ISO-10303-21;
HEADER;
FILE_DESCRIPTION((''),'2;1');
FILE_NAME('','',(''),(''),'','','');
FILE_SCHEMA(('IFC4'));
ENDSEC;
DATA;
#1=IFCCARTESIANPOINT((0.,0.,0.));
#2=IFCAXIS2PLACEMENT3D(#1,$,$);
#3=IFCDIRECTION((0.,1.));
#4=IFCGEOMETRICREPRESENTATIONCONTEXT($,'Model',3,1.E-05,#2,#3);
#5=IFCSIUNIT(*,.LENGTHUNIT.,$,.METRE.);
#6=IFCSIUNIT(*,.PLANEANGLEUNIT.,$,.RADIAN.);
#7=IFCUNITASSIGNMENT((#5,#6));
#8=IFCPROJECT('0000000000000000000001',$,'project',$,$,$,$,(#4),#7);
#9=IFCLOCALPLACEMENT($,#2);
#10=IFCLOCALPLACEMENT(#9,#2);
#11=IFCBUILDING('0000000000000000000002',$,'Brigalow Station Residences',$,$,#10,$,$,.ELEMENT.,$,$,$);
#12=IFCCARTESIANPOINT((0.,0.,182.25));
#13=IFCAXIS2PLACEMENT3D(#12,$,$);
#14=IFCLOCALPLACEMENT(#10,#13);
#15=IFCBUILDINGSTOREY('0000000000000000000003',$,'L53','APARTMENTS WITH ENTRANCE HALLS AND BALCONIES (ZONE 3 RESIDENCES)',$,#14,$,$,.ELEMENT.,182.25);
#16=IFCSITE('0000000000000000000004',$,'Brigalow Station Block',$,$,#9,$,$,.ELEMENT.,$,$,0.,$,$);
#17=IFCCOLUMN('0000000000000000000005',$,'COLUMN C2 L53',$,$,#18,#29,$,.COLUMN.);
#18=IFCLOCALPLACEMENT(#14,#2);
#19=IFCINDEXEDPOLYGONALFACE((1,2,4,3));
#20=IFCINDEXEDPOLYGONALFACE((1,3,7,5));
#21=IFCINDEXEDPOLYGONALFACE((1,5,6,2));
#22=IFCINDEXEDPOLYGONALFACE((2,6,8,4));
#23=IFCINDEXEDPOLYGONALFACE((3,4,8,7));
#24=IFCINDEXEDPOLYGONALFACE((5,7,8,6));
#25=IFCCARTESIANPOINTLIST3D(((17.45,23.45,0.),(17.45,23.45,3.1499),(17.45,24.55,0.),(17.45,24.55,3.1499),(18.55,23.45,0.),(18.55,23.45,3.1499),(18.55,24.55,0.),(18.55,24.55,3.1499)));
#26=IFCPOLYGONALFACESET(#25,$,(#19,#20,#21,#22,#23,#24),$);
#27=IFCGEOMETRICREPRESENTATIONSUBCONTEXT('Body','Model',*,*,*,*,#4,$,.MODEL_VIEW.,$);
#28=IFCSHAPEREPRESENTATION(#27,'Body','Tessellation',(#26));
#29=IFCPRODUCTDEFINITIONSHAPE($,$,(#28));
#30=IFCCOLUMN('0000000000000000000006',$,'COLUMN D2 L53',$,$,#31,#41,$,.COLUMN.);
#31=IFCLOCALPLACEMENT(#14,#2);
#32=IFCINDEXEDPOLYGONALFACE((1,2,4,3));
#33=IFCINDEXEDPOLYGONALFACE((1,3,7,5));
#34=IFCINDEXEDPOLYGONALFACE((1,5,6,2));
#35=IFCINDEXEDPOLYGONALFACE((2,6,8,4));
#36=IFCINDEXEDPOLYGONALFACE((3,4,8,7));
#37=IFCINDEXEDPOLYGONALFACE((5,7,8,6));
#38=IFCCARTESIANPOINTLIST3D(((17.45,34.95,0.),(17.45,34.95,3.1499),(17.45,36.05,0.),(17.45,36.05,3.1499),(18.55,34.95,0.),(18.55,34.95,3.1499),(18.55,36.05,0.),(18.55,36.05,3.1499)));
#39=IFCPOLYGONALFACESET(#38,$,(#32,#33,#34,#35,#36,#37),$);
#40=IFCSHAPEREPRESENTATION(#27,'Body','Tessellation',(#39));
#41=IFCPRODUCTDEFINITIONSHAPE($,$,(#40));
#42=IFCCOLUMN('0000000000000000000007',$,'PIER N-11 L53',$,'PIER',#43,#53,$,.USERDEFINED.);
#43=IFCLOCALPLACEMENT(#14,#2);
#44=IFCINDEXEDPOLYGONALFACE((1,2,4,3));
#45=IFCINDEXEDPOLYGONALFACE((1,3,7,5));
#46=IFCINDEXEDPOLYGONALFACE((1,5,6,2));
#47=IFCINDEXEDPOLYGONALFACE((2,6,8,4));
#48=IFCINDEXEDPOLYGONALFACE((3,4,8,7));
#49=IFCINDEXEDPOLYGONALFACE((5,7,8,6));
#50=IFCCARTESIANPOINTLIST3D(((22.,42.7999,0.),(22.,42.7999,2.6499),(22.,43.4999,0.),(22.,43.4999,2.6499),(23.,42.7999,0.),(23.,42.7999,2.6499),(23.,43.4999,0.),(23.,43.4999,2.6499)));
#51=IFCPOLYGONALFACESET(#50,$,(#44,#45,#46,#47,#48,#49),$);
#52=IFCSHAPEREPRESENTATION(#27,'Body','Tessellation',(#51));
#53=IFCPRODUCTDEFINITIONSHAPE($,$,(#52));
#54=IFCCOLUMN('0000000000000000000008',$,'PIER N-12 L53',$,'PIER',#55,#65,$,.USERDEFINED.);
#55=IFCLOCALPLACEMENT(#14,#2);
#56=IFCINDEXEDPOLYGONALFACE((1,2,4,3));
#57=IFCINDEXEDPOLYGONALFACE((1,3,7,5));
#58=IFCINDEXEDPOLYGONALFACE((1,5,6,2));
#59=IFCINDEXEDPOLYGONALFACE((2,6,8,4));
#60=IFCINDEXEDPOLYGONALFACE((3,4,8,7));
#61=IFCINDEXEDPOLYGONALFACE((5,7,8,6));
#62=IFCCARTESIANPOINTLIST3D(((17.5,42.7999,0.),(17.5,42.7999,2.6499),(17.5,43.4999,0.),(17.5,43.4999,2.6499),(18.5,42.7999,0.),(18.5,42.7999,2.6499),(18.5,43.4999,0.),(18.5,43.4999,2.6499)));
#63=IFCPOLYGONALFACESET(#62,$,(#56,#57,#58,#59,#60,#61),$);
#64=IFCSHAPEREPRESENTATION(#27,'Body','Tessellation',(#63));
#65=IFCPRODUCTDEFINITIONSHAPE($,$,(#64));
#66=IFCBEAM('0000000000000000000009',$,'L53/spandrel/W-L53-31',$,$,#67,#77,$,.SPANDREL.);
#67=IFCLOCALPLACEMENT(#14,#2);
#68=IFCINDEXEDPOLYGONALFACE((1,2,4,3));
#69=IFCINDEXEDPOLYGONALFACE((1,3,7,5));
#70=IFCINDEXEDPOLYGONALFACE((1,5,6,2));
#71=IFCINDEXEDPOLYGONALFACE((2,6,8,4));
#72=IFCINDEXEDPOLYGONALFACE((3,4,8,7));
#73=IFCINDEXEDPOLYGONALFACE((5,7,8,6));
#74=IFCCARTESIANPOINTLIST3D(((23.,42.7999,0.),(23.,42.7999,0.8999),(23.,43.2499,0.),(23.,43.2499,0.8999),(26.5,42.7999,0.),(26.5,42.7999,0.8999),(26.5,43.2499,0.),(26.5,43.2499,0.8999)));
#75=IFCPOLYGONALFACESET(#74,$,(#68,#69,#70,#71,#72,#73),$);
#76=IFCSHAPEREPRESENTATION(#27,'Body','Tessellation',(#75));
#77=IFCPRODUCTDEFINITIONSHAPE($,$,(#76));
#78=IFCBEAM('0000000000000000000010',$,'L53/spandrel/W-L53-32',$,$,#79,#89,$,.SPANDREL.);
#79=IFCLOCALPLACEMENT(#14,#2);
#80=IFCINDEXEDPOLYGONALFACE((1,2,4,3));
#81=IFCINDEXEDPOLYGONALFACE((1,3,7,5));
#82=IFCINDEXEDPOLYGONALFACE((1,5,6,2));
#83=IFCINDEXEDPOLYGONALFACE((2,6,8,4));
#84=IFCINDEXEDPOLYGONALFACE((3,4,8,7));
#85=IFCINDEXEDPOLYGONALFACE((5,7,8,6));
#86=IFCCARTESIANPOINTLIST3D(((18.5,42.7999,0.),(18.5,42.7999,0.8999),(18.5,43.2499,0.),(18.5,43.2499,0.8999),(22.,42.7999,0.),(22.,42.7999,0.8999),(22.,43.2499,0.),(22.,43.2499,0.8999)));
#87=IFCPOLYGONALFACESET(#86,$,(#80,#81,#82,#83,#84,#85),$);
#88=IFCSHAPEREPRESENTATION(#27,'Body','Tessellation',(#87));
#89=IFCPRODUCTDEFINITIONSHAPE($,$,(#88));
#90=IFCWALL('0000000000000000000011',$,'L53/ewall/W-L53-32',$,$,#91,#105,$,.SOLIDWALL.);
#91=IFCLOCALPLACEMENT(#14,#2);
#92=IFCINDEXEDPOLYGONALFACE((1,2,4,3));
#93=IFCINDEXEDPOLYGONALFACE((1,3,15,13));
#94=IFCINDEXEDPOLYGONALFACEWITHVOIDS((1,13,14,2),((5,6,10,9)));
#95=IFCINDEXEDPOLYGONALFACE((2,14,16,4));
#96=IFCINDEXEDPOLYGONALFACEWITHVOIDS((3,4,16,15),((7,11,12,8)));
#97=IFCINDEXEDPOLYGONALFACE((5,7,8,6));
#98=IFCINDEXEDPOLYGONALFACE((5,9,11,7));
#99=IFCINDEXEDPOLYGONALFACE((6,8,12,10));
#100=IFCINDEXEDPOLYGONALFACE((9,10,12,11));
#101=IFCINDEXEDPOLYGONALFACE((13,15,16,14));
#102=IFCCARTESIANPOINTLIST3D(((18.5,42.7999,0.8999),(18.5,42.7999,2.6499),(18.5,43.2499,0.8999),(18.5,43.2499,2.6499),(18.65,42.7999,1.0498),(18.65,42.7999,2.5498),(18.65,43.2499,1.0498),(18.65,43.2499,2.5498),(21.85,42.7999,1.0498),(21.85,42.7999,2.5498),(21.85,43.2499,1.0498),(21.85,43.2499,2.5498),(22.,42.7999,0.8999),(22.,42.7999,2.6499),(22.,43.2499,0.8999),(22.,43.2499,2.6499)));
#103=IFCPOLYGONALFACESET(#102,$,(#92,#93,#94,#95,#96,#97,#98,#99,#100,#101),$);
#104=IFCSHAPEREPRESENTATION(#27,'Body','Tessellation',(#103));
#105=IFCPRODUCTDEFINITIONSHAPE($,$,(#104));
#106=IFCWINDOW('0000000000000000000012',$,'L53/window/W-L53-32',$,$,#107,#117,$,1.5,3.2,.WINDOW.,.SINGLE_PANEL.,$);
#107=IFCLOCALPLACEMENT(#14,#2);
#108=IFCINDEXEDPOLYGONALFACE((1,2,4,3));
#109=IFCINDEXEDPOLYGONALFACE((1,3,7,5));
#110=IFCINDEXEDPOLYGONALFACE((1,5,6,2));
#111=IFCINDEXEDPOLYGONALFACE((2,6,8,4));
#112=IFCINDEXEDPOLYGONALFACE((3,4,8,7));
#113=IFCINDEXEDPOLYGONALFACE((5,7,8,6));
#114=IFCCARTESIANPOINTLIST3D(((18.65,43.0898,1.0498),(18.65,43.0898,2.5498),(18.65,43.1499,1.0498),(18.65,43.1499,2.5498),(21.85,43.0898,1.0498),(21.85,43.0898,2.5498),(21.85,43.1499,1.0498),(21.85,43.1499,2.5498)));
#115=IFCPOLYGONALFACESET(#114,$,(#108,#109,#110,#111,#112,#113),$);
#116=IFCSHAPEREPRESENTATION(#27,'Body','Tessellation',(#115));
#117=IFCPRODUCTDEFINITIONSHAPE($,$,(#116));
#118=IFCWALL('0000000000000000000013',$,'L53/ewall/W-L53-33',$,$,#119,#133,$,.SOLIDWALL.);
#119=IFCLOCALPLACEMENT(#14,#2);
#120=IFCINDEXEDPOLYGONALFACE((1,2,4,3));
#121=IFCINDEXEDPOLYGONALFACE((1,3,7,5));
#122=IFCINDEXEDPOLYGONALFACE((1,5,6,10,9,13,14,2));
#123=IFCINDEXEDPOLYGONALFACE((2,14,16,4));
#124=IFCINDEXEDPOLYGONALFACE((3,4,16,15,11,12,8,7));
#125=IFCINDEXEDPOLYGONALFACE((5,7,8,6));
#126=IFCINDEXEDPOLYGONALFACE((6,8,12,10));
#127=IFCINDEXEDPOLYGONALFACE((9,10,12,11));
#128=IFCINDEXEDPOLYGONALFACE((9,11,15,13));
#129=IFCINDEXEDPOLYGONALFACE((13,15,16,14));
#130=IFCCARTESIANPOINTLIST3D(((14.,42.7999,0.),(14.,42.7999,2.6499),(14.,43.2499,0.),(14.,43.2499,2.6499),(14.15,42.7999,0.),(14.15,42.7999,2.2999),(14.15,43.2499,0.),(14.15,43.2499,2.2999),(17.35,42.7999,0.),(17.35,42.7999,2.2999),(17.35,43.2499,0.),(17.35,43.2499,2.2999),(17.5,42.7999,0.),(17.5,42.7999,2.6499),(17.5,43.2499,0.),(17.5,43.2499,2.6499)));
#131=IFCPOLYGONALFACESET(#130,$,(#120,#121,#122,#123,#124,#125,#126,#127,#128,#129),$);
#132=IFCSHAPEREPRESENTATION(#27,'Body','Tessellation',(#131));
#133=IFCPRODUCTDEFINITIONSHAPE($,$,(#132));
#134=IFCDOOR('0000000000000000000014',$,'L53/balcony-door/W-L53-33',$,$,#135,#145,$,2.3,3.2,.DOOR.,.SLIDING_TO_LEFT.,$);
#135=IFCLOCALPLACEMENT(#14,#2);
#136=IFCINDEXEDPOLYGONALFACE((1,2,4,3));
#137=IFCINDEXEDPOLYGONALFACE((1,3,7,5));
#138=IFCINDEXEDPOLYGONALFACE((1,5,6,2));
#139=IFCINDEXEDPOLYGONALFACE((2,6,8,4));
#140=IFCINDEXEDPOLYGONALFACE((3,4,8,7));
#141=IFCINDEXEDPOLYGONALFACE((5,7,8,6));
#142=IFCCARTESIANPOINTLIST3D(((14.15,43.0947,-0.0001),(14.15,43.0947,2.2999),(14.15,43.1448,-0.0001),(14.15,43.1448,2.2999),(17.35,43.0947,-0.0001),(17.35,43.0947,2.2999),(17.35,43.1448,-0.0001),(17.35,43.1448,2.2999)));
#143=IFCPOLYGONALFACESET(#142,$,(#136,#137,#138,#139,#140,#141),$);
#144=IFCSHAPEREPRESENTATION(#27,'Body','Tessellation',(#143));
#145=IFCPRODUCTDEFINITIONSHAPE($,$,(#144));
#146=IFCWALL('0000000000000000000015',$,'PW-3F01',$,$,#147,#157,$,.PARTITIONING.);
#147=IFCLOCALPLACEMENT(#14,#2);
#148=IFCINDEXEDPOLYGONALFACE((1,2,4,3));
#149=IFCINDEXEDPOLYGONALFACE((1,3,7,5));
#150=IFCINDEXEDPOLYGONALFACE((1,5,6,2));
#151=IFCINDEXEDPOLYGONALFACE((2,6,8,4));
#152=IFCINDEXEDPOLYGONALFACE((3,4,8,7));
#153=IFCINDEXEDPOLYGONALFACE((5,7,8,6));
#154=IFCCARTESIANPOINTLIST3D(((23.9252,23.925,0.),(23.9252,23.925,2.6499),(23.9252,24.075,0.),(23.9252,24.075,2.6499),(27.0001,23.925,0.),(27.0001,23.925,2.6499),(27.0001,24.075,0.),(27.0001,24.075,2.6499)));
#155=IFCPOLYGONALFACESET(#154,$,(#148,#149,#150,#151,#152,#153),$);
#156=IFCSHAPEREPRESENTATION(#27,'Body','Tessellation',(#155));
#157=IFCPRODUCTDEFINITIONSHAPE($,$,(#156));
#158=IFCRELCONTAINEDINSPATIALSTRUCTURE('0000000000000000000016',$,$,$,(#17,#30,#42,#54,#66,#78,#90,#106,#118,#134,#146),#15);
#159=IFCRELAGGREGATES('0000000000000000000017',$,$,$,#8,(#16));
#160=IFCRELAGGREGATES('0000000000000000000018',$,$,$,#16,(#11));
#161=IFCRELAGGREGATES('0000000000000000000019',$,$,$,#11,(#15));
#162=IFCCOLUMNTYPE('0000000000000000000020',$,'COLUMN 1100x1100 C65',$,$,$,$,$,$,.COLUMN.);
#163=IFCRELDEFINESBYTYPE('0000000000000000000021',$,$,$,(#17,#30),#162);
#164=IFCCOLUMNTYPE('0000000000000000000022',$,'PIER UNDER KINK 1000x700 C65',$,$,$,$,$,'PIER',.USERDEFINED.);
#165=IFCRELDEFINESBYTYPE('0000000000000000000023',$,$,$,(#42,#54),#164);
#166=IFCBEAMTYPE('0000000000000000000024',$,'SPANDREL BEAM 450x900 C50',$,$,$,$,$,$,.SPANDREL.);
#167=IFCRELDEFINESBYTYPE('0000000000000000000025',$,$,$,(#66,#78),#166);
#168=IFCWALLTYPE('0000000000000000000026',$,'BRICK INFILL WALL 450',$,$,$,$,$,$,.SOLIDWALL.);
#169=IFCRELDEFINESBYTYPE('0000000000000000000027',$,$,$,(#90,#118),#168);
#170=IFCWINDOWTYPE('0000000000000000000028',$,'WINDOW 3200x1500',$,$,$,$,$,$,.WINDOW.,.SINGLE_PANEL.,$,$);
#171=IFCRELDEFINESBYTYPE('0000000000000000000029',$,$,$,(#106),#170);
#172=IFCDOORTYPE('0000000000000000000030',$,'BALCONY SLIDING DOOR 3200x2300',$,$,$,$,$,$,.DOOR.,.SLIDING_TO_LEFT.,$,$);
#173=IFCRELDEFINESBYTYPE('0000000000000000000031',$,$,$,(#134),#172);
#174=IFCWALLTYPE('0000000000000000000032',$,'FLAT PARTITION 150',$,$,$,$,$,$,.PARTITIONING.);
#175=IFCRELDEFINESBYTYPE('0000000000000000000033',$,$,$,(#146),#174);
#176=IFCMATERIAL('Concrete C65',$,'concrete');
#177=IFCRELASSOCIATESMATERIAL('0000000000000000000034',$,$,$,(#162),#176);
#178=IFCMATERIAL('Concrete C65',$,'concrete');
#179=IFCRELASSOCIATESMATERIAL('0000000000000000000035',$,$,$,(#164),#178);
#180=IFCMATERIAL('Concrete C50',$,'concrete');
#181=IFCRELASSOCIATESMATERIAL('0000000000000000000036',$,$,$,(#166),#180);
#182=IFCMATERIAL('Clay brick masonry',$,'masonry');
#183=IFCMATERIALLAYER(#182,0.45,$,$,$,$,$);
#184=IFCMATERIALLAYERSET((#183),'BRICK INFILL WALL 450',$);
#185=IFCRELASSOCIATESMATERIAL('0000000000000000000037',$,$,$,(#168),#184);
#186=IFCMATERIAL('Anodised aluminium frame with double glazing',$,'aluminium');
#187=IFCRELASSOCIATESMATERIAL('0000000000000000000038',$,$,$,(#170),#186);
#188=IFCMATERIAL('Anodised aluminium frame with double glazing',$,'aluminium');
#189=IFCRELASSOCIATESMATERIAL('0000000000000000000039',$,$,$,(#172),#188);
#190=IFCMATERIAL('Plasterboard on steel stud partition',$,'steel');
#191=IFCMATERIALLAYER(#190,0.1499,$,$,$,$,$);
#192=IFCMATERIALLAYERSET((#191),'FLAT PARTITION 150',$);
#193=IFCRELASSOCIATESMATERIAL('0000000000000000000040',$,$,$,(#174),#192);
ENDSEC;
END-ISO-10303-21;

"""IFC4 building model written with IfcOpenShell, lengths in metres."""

from ifc_helpers import new_model, si_unit, direction, frame, frame_2d, origin, origin_2d, place, context, subcontext, project, spatial, rectangle, extrude, material, layer, layer_set, material_profile, profile_set, type_object, element, fill, save


model = new_model("IFC4")

# Units and contexts
model_context = context("Model", 3, precision=1e-05, world=origin(), true_north=direction((0.0, 1.0)))
body_context = subcontext(model_context, "Body", "Model", "MODEL_VIEW")
ifc_project = project(units=[si_unit("LENGTHUNIT", "METRE"), si_unit("PLANEANGLEUNIT", "RADIAN")], contexts=[model_context])

# Site, building, storey
site_placement = place(None, origin())
site = spatial("IfcSite", under=ifc_project, at=site_placement, Name="Brigalow Station Block", CompositionType="ELEMENT", RefElevation=0.0)
building_placement = place(site_placement, origin())
building = spatial("IfcBuilding", under=site, at=building_placement, Name="Brigalow Station Residences", CompositionType="ELEMENT")
storey_placement = place(building_placement, frame((0.0, 0.0, 182.25)))
storey = spatial("IfcBuildingStorey", under=building, at=storey_placement, Name="L53", Description="APARTMENTS WITH ENTRANCE HALLS AND BALCONIES (ZONE 3 RESIDENCES)", CompositionType="ELEMENT", Elevation=182.25)

# Columns
ifc_material_1 = material(Name="Concrete C65", Category="concrete")
ifc_material_profile_1 = material_profile(ifc_material_1, rectangle(XDim=1.1001, YDim=1.1001, at=origin_2d()), Name="RC1100x1100")
ifc_profile_set_1 = profile_set([ifc_material_profile_1], Name="Concrete C65")
column_type_1 = type_object("IfcColumnType", Name="COLUMN 1100x1100 C65", PredefinedType="COLUMN", material=ifc_profile_set_1)
for number, where, z_axis, x_axis, name in (
    (1, (18.0, 24.0, 0.0), (0.0, 0.0, 1.0), (1.0, 0.0, 0.0), "COLUMN C2 L53"),
    (2, (18.0, 35.5, 0.0), (0.0, 0.0, 1.0), (1.0, 0.0, 0.0), "COLUMN D2 L53"),
):
    element("IfcColumn", number, at=place(storey_placement, frame(where, z_axis=z_axis, x_axis=x_axis)), inside=storey, type_object=column_type_1, Name=name, PredefinedType="COLUMN", context=body_context, shape_type="SweptSolid", body=[
        extrude(rectangle(XDim=1.1001, YDim=1.1001, at=origin_2d()), origin(), (0.0, 0.0, 1.0), 3.1499),
    ])
ifc_material_2 = material(Name="Concrete C65", Category="concrete")
ifc_material_profile_2 = material_profile(ifc_material_2, rectangle(XDim=1.0, YDim=0.7, at=origin_2d()), Name="RC1000x700")
ifc_profile_set_2 = profile_set([ifc_material_profile_2], Name="Concrete C65")
column_type_2 = type_object("IfcColumnType", Name="PIER UNDER KINK 1000x700 C65", ElementType="PIER", PredefinedType="USERDEFINED", material=ifc_profile_set_2)
for number, where, z_axis, x_axis, name in (
    (3, (22.5, 43.1499, 0.0), (0.0, 0.0, 1.0), (-1.0, 0.0, 0.0), "PIER N-11 L53"),
    (4, (18.0, 43.1499, 0.0), (0.0, 0.0, 1.0), (-1.0, 0.0, 0.0), "PIER N-12 L53"),
):
    element("IfcColumn", number, at=place(storey_placement, frame(where, z_axis=z_axis, x_axis=x_axis)), inside=storey, type_object=column_type_2, Name=name, ObjectType="PIER", PredefinedType="USERDEFINED", context=body_context, shape_type="SweptSolid", body=[
        extrude(rectangle(XDim=1.0, YDim=0.7, at=origin_2d()), origin(), (0.0, 0.0, 1.0), 2.6499),
    ])

# Beams
ifc_material_3 = material(Name="Concrete C50", Category="concrete")
ifc_material_profile_3 = material_profile(ifc_material_3, rectangle(XDim=0.45, YDim=0.8999, at=origin_2d()), Name="RC450x900")
ifc_profile_set_3 = profile_set([ifc_material_profile_3], Name="Concrete C50")
beam_type = type_object("IfcBeamType", Name="SPANDREL BEAM 450x900 C50", PredefinedType="SPANDREL", material=ifc_profile_set_3)
for number, where, z_axis, x_axis, name in (
    (5, (26.5, 43.0249, 0.45), (-1.0, 0.0, 0.0), (0.0, -1.0, 0.0), "L53/spandrel/W-L53-31"),
    (6, (22.0, 43.0249, 0.45), (-1.0, 0.0, 0.0), (0.0, -1.0, 0.0), "L53/spandrel/W-L53-32"),
):
    element("IfcBeam", number, at=place(storey_placement, frame(where, z_axis=z_axis, x_axis=x_axis)), inside=storey, type_object=beam_type, Name=name, PredefinedType="SPANDREL", context=body_context, shape_type="SweptSolid", body=[
        extrude(rectangle(XDim=0.45, YDim=0.8999, at=origin_2d()), origin(), (0.0, 0.0, 1.0), 3.5),
    ])

# Wall, opening, window
ifc_material_4 = material(Name="Clay brick masonry", Category="masonry")
ifc_layer_1 = layer(ifc_material_4, 0.45)
ifc_layer_set_1 = layer_set([ifc_layer_1], Name="BRICK INFILL WALL 450")
wall_type_1 = type_object("IfcWallType", Name="BRICK INFILL WALL 450", PredefinedType="SOLIDWALL", material=ifc_layer_set_1)
wall_1_placement = place(storey_placement, frame((22.0, 43.0249, 0.8999), z_axis=(0.0, 0.0, 1.0), x_axis=(-1.0, 0.0, 0.0)))
wall_1 = element("IfcWall", 7, at=wall_1_placement, inside=storey, type_object=wall_type_1, Name="L53/ewall/W-L53-32", PredefinedType="SOLIDWALL", context=body_context, shape_type="SweptSolid", body=[
    extrude(rectangle(XDim=3.5, YDim=0.45, at=frame_2d((1.75, 0.0))), origin(), (0.0, 0.0, 1.0), 1.75),
])
opening_1_placement = place(wall_1_placement, frame((0.1499, 0.0, 0.1499)))
opening_1 = element("IfcOpeningElement", 8, at=opening_1_placement, cuts=wall_1, PredefinedType="OPENING", context=body_context, shape_type="SweptSolid", body=[
    extrude(rectangle(XDim=3.2, YDim=1.5, at=frame_2d((1.6001, 0.75))), frame((0.0, 0.2349, 0.0), z_axis=(0.0, -1.0, 0.0), x_axis=(1.0, 0.0, 0.0)), (0.0, 0.0, 1.0), 0.47),
])
ifc_material_5 = material(Name="Anodised aluminium frame with double glazing", Category="aluminium")
window_type = type_object("IfcWindowType", Name="WINDOW 3200x1500", PartitioningType="SINGLE_PANEL", PredefinedType="WINDOW", material=ifc_material_5)
window_placement = place(opening_1_placement, origin())
window = element("IfcWindow", 9, at=window_placement, inside=storey, type_object=window_type, Name="L53/window/W-L53-32", OverallHeight=1.5, OverallWidth=3.2, PartitioningType="SINGLE_PANEL", PredefinedType="WINDOW", context=body_context, shape_type="SweptSolid", body=[
    extrude(rectangle(XDim=3.2, YDim=1.5, at=frame_2d((1.6001, 0.75))), frame((0.0, -0.0649, 0.0), z_axis=(0.0, -1.0, 0.0), x_axis=(1.0, 0.0, 0.0)), (0.0, 0.0, 1.0), 0.0601),
])
fill(opening_1, window)

# Wall, opening, door
wall_2_placement = place(storey_placement, frame((17.5, 43.0249, 0.0), z_axis=(0.0, 0.0, 1.0), x_axis=(-1.0, 0.0, 0.0)))
wall_2 = element("IfcWall", 10, at=wall_2_placement, inside=storey, type_object=wall_type_1, Name="L53/ewall/W-L53-33", PredefinedType="SOLIDWALL", context=body_context, shape_type="SweptSolid", body=[
    extrude(rectangle(XDim=3.5, YDim=0.45, at=frame_2d((1.75, 0.0))), origin(), (0.0, 0.0, 1.0), 2.6499),
])
opening_2_placement = place(wall_2_placement, frame((0.1499, 0.0, 0.0)))
opening_2 = element("IfcOpeningElement", 11, at=opening_2_placement, cuts=wall_2, PredefinedType="OPENING", context=body_context, shape_type="SweptSolid", body=[
    extrude(rectangle(XDim=3.2, YDim=2.3, at=frame_2d((1.6001, 1.1499))), frame((0.0, 0.2349, 0.0), z_axis=(0.0, -1.0, 0.0), x_axis=(1.0, 0.0, 0.0)), (0.0, 0.0, 1.0), 0.47),
])
ifc_material_6 = material(Name="Anodised aluminium frame with double glazing", Category="aluminium")
door_type_1 = type_object("IfcDoorType", Name="BALCONY SLIDING DOOR 3200x2300", OperationType="SLIDING_TO_LEFT", PredefinedType="DOOR", material=ifc_material_6)
door_1_placement = place(opening_2_placement, origin())
door_1 = element("IfcDoor", 12, at=door_1_placement, inside=storey, type_object=door_type_1, Name="L53/balcony-door/W-L53-33", OperationType="SLIDING_TO_LEFT", OverallHeight=2.3, OverallWidth=3.2, PredefinedType="DOOR", context=body_context, shape_type="SweptSolid", body=[
    extrude(rectangle(XDim=3.2, YDim=2.3, at=frame_2d((1.6001, 1.1499))), frame((0.0, -0.0698, 0.0), z_axis=(0.0, -1.0, 0.0), x_axis=(1.0, 0.0, 0.0)), (0.0, 0.0, 1.0), 0.05),
])
fill(opening_2, door_1)

# Wall
ifc_material_7 = material(Name="Plasterboard on steel stud partition", Category="steel")
ifc_layer_2 = layer(ifc_material_7, 0.1499)
ifc_layer_set_2 = layer_set([ifc_layer_2], Name="FLAT PARTITION 150")
wall_type_2 = type_object("IfcWallType", Name="FLAT PARTITION 150", PredefinedType="PARTITIONING", material=ifc_layer_set_2)
wall_3_placement = place(storey_placement, frame((23.925, 24.0, 0.0), z_axis=(0.0, 0.0, 1.0), x_axis=(1.0, 0.0, 0.0)))
element("IfcWall", 13, at=wall_3_placement, inside=storey, type_object=wall_type_2, Name="PW-3F01", PredefinedType="PARTITIONING", context=body_context, shape_type="SweptSolid", body=[
    extrude(rectangle(XDim=3.075, YDim=0.1499, at=frame_2d((1.5376, 0.0))), origin(), (0.0, 0.0, 1.0), 2.6499),
])

save(model, "model.ifc")
